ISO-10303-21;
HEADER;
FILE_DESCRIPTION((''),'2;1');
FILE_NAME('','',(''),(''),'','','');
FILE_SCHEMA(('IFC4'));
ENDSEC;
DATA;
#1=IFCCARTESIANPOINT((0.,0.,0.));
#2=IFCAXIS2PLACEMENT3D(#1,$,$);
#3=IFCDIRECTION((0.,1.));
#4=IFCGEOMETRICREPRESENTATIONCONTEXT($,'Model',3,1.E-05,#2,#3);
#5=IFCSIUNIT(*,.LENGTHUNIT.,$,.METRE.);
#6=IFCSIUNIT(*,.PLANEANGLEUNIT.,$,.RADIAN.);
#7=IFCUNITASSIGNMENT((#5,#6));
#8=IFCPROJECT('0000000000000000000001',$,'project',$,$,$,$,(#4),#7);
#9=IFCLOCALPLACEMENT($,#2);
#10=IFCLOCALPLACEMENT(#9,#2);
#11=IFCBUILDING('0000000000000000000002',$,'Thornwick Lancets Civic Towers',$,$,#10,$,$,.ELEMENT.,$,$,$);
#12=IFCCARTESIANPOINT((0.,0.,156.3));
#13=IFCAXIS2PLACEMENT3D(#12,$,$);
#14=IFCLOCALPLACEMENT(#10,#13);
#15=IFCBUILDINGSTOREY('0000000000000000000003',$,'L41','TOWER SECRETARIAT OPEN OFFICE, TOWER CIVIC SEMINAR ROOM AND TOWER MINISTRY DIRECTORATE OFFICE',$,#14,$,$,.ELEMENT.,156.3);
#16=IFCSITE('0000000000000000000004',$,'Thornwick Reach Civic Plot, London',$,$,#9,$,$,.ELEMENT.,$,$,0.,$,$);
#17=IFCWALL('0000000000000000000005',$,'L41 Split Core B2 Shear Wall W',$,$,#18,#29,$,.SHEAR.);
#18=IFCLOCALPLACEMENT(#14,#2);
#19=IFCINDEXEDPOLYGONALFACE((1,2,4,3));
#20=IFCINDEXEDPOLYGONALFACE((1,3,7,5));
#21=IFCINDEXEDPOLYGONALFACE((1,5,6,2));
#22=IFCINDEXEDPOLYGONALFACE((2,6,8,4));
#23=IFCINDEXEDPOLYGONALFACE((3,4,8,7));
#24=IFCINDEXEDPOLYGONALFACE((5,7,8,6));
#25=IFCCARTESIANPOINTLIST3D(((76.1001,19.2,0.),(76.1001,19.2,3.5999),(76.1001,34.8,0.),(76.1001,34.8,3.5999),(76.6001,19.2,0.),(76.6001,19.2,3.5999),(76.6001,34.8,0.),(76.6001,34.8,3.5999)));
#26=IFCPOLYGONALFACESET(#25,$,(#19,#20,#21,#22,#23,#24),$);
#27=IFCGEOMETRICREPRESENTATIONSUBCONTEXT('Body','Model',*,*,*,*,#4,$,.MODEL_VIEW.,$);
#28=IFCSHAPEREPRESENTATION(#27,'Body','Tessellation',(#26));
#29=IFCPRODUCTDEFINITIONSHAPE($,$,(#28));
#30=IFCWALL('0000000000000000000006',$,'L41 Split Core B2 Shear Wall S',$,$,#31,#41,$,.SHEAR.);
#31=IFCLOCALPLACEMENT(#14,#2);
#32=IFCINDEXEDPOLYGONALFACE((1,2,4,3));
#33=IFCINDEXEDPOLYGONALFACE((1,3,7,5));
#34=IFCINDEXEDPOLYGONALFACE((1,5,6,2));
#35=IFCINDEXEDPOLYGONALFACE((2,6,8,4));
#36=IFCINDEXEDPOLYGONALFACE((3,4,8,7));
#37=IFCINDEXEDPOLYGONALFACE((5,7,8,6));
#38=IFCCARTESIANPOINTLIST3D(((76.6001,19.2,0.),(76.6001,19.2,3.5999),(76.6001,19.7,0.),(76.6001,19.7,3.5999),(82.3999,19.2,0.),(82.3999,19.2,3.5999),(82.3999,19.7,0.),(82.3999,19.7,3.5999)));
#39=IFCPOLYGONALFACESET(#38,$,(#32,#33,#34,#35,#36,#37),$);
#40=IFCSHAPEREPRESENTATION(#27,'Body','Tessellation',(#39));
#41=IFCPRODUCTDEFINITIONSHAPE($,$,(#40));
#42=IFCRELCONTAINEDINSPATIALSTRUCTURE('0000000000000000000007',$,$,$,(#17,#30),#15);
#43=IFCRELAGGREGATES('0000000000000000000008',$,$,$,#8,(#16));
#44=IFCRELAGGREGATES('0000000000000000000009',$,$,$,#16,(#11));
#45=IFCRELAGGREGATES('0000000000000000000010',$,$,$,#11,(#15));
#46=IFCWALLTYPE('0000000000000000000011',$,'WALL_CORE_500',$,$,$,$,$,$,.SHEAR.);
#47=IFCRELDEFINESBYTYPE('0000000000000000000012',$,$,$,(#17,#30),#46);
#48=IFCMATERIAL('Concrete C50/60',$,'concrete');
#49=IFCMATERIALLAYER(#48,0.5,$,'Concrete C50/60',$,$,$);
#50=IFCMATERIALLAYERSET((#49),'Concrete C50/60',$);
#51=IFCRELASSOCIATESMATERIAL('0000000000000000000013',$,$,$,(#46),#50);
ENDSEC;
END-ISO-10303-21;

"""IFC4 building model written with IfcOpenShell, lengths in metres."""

from ifc_helpers import new_model, si_unit, direction, frame, frame_2d, origin, place, context, subcontext, project, spatial, rectangle, extrude, material, layer, layer_set, type_object, element, save


model = new_model("IFC4")

# Units and contexts
model_context = context("Model", 3, precision=1e-05, world=origin(), true_north=direction((0.0, 1.0)))
body_context = subcontext(model_context, "Body", "Model", "MODEL_VIEW")
ifc_project = project(units=[si_unit("LENGTHUNIT", "METRE"), si_unit("PLANEANGLEUNIT", "RADIAN")], contexts=[model_context])

# Site, building, storey
site_placement = place(None, origin())
site = spatial("IfcSite", under=ifc_project, at=site_placement, Name="Thornwick Reach Civic Plot, London", CompositionType="ELEMENT", RefElevation=0.0)
building_placement = place(site_placement, origin())
building = spatial("IfcBuilding", under=site, at=building_placement, Name="Thornwick Lancets Civic Towers", CompositionType="ELEMENT")
storey_placement = place(building_placement, frame((0.0, 0.0, 156.3)))
storey = spatial("IfcBuildingStorey", under=building, at=storey_placement, Name="L41", Description="TOWER SECRETARIAT OPEN OFFICE, TOWER CIVIC SEMINAR ROOM AND TOWER MINISTRY DIRECTORATE OFFICE", CompositionType="ELEMENT", Elevation=156.3)

# Shared definitions
ifc_material_1 = material(Name="Concrete C50/60", Category="concrete")

# Walls
ifc_layer_1 = layer(ifc_material_1, 0.5, Name="Concrete C50/60")
ifc_layer_set_1 = layer_set([ifc_layer_1], Name="Concrete C50/60")
wall_type_1 = type_object("IfcWallType", Name="WALL_CORE_500", PredefinedType="SHEAR", material=ifc_layer_set_1)
wall_1_placement = place(storey_placement, frame((76.3501, 19.2, 0.0), z_axis=(0.0, 0.0, 1.0), x_axis=(0.0, 1.0, 0.0)))
element("IfcWall", 1, at=wall_1_placement, inside=storey, type_object=wall_type_1, Name="L41 Split Core B2 Shear Wall W", PredefinedType="SHEAR", context=body_context, shape_type="SweptSolid", body=[
    extrude(rectangle(XDim=15.6001, YDim=0.5, at=frame_2d((7.8, 0.0))), origin(), (0.0, 0.0, 1.0), 3.5999),
])
wall_2_placement = place(storey_placement, frame((76.6001, 19.45, 0.0), z_axis=(0.0, 0.0, 1.0), x_axis=(1.0, 0.0, 0.0)))
element("IfcWall", 2, at=wall_2_placement, inside=storey, type_object=wall_type_1, Name="L41 Split Core B2 Shear Wall S", PredefinedType="SHEAR", context=body_context, shape_type="SweptSolid", body=[
    extrude(rectangle(XDim=5.7998, YDim=0.5, at=frame_2d((2.8999, 0.0))), origin(), (0.0, 0.0, 1.0), 3.5999),
])

save(model, "model.ifc")
